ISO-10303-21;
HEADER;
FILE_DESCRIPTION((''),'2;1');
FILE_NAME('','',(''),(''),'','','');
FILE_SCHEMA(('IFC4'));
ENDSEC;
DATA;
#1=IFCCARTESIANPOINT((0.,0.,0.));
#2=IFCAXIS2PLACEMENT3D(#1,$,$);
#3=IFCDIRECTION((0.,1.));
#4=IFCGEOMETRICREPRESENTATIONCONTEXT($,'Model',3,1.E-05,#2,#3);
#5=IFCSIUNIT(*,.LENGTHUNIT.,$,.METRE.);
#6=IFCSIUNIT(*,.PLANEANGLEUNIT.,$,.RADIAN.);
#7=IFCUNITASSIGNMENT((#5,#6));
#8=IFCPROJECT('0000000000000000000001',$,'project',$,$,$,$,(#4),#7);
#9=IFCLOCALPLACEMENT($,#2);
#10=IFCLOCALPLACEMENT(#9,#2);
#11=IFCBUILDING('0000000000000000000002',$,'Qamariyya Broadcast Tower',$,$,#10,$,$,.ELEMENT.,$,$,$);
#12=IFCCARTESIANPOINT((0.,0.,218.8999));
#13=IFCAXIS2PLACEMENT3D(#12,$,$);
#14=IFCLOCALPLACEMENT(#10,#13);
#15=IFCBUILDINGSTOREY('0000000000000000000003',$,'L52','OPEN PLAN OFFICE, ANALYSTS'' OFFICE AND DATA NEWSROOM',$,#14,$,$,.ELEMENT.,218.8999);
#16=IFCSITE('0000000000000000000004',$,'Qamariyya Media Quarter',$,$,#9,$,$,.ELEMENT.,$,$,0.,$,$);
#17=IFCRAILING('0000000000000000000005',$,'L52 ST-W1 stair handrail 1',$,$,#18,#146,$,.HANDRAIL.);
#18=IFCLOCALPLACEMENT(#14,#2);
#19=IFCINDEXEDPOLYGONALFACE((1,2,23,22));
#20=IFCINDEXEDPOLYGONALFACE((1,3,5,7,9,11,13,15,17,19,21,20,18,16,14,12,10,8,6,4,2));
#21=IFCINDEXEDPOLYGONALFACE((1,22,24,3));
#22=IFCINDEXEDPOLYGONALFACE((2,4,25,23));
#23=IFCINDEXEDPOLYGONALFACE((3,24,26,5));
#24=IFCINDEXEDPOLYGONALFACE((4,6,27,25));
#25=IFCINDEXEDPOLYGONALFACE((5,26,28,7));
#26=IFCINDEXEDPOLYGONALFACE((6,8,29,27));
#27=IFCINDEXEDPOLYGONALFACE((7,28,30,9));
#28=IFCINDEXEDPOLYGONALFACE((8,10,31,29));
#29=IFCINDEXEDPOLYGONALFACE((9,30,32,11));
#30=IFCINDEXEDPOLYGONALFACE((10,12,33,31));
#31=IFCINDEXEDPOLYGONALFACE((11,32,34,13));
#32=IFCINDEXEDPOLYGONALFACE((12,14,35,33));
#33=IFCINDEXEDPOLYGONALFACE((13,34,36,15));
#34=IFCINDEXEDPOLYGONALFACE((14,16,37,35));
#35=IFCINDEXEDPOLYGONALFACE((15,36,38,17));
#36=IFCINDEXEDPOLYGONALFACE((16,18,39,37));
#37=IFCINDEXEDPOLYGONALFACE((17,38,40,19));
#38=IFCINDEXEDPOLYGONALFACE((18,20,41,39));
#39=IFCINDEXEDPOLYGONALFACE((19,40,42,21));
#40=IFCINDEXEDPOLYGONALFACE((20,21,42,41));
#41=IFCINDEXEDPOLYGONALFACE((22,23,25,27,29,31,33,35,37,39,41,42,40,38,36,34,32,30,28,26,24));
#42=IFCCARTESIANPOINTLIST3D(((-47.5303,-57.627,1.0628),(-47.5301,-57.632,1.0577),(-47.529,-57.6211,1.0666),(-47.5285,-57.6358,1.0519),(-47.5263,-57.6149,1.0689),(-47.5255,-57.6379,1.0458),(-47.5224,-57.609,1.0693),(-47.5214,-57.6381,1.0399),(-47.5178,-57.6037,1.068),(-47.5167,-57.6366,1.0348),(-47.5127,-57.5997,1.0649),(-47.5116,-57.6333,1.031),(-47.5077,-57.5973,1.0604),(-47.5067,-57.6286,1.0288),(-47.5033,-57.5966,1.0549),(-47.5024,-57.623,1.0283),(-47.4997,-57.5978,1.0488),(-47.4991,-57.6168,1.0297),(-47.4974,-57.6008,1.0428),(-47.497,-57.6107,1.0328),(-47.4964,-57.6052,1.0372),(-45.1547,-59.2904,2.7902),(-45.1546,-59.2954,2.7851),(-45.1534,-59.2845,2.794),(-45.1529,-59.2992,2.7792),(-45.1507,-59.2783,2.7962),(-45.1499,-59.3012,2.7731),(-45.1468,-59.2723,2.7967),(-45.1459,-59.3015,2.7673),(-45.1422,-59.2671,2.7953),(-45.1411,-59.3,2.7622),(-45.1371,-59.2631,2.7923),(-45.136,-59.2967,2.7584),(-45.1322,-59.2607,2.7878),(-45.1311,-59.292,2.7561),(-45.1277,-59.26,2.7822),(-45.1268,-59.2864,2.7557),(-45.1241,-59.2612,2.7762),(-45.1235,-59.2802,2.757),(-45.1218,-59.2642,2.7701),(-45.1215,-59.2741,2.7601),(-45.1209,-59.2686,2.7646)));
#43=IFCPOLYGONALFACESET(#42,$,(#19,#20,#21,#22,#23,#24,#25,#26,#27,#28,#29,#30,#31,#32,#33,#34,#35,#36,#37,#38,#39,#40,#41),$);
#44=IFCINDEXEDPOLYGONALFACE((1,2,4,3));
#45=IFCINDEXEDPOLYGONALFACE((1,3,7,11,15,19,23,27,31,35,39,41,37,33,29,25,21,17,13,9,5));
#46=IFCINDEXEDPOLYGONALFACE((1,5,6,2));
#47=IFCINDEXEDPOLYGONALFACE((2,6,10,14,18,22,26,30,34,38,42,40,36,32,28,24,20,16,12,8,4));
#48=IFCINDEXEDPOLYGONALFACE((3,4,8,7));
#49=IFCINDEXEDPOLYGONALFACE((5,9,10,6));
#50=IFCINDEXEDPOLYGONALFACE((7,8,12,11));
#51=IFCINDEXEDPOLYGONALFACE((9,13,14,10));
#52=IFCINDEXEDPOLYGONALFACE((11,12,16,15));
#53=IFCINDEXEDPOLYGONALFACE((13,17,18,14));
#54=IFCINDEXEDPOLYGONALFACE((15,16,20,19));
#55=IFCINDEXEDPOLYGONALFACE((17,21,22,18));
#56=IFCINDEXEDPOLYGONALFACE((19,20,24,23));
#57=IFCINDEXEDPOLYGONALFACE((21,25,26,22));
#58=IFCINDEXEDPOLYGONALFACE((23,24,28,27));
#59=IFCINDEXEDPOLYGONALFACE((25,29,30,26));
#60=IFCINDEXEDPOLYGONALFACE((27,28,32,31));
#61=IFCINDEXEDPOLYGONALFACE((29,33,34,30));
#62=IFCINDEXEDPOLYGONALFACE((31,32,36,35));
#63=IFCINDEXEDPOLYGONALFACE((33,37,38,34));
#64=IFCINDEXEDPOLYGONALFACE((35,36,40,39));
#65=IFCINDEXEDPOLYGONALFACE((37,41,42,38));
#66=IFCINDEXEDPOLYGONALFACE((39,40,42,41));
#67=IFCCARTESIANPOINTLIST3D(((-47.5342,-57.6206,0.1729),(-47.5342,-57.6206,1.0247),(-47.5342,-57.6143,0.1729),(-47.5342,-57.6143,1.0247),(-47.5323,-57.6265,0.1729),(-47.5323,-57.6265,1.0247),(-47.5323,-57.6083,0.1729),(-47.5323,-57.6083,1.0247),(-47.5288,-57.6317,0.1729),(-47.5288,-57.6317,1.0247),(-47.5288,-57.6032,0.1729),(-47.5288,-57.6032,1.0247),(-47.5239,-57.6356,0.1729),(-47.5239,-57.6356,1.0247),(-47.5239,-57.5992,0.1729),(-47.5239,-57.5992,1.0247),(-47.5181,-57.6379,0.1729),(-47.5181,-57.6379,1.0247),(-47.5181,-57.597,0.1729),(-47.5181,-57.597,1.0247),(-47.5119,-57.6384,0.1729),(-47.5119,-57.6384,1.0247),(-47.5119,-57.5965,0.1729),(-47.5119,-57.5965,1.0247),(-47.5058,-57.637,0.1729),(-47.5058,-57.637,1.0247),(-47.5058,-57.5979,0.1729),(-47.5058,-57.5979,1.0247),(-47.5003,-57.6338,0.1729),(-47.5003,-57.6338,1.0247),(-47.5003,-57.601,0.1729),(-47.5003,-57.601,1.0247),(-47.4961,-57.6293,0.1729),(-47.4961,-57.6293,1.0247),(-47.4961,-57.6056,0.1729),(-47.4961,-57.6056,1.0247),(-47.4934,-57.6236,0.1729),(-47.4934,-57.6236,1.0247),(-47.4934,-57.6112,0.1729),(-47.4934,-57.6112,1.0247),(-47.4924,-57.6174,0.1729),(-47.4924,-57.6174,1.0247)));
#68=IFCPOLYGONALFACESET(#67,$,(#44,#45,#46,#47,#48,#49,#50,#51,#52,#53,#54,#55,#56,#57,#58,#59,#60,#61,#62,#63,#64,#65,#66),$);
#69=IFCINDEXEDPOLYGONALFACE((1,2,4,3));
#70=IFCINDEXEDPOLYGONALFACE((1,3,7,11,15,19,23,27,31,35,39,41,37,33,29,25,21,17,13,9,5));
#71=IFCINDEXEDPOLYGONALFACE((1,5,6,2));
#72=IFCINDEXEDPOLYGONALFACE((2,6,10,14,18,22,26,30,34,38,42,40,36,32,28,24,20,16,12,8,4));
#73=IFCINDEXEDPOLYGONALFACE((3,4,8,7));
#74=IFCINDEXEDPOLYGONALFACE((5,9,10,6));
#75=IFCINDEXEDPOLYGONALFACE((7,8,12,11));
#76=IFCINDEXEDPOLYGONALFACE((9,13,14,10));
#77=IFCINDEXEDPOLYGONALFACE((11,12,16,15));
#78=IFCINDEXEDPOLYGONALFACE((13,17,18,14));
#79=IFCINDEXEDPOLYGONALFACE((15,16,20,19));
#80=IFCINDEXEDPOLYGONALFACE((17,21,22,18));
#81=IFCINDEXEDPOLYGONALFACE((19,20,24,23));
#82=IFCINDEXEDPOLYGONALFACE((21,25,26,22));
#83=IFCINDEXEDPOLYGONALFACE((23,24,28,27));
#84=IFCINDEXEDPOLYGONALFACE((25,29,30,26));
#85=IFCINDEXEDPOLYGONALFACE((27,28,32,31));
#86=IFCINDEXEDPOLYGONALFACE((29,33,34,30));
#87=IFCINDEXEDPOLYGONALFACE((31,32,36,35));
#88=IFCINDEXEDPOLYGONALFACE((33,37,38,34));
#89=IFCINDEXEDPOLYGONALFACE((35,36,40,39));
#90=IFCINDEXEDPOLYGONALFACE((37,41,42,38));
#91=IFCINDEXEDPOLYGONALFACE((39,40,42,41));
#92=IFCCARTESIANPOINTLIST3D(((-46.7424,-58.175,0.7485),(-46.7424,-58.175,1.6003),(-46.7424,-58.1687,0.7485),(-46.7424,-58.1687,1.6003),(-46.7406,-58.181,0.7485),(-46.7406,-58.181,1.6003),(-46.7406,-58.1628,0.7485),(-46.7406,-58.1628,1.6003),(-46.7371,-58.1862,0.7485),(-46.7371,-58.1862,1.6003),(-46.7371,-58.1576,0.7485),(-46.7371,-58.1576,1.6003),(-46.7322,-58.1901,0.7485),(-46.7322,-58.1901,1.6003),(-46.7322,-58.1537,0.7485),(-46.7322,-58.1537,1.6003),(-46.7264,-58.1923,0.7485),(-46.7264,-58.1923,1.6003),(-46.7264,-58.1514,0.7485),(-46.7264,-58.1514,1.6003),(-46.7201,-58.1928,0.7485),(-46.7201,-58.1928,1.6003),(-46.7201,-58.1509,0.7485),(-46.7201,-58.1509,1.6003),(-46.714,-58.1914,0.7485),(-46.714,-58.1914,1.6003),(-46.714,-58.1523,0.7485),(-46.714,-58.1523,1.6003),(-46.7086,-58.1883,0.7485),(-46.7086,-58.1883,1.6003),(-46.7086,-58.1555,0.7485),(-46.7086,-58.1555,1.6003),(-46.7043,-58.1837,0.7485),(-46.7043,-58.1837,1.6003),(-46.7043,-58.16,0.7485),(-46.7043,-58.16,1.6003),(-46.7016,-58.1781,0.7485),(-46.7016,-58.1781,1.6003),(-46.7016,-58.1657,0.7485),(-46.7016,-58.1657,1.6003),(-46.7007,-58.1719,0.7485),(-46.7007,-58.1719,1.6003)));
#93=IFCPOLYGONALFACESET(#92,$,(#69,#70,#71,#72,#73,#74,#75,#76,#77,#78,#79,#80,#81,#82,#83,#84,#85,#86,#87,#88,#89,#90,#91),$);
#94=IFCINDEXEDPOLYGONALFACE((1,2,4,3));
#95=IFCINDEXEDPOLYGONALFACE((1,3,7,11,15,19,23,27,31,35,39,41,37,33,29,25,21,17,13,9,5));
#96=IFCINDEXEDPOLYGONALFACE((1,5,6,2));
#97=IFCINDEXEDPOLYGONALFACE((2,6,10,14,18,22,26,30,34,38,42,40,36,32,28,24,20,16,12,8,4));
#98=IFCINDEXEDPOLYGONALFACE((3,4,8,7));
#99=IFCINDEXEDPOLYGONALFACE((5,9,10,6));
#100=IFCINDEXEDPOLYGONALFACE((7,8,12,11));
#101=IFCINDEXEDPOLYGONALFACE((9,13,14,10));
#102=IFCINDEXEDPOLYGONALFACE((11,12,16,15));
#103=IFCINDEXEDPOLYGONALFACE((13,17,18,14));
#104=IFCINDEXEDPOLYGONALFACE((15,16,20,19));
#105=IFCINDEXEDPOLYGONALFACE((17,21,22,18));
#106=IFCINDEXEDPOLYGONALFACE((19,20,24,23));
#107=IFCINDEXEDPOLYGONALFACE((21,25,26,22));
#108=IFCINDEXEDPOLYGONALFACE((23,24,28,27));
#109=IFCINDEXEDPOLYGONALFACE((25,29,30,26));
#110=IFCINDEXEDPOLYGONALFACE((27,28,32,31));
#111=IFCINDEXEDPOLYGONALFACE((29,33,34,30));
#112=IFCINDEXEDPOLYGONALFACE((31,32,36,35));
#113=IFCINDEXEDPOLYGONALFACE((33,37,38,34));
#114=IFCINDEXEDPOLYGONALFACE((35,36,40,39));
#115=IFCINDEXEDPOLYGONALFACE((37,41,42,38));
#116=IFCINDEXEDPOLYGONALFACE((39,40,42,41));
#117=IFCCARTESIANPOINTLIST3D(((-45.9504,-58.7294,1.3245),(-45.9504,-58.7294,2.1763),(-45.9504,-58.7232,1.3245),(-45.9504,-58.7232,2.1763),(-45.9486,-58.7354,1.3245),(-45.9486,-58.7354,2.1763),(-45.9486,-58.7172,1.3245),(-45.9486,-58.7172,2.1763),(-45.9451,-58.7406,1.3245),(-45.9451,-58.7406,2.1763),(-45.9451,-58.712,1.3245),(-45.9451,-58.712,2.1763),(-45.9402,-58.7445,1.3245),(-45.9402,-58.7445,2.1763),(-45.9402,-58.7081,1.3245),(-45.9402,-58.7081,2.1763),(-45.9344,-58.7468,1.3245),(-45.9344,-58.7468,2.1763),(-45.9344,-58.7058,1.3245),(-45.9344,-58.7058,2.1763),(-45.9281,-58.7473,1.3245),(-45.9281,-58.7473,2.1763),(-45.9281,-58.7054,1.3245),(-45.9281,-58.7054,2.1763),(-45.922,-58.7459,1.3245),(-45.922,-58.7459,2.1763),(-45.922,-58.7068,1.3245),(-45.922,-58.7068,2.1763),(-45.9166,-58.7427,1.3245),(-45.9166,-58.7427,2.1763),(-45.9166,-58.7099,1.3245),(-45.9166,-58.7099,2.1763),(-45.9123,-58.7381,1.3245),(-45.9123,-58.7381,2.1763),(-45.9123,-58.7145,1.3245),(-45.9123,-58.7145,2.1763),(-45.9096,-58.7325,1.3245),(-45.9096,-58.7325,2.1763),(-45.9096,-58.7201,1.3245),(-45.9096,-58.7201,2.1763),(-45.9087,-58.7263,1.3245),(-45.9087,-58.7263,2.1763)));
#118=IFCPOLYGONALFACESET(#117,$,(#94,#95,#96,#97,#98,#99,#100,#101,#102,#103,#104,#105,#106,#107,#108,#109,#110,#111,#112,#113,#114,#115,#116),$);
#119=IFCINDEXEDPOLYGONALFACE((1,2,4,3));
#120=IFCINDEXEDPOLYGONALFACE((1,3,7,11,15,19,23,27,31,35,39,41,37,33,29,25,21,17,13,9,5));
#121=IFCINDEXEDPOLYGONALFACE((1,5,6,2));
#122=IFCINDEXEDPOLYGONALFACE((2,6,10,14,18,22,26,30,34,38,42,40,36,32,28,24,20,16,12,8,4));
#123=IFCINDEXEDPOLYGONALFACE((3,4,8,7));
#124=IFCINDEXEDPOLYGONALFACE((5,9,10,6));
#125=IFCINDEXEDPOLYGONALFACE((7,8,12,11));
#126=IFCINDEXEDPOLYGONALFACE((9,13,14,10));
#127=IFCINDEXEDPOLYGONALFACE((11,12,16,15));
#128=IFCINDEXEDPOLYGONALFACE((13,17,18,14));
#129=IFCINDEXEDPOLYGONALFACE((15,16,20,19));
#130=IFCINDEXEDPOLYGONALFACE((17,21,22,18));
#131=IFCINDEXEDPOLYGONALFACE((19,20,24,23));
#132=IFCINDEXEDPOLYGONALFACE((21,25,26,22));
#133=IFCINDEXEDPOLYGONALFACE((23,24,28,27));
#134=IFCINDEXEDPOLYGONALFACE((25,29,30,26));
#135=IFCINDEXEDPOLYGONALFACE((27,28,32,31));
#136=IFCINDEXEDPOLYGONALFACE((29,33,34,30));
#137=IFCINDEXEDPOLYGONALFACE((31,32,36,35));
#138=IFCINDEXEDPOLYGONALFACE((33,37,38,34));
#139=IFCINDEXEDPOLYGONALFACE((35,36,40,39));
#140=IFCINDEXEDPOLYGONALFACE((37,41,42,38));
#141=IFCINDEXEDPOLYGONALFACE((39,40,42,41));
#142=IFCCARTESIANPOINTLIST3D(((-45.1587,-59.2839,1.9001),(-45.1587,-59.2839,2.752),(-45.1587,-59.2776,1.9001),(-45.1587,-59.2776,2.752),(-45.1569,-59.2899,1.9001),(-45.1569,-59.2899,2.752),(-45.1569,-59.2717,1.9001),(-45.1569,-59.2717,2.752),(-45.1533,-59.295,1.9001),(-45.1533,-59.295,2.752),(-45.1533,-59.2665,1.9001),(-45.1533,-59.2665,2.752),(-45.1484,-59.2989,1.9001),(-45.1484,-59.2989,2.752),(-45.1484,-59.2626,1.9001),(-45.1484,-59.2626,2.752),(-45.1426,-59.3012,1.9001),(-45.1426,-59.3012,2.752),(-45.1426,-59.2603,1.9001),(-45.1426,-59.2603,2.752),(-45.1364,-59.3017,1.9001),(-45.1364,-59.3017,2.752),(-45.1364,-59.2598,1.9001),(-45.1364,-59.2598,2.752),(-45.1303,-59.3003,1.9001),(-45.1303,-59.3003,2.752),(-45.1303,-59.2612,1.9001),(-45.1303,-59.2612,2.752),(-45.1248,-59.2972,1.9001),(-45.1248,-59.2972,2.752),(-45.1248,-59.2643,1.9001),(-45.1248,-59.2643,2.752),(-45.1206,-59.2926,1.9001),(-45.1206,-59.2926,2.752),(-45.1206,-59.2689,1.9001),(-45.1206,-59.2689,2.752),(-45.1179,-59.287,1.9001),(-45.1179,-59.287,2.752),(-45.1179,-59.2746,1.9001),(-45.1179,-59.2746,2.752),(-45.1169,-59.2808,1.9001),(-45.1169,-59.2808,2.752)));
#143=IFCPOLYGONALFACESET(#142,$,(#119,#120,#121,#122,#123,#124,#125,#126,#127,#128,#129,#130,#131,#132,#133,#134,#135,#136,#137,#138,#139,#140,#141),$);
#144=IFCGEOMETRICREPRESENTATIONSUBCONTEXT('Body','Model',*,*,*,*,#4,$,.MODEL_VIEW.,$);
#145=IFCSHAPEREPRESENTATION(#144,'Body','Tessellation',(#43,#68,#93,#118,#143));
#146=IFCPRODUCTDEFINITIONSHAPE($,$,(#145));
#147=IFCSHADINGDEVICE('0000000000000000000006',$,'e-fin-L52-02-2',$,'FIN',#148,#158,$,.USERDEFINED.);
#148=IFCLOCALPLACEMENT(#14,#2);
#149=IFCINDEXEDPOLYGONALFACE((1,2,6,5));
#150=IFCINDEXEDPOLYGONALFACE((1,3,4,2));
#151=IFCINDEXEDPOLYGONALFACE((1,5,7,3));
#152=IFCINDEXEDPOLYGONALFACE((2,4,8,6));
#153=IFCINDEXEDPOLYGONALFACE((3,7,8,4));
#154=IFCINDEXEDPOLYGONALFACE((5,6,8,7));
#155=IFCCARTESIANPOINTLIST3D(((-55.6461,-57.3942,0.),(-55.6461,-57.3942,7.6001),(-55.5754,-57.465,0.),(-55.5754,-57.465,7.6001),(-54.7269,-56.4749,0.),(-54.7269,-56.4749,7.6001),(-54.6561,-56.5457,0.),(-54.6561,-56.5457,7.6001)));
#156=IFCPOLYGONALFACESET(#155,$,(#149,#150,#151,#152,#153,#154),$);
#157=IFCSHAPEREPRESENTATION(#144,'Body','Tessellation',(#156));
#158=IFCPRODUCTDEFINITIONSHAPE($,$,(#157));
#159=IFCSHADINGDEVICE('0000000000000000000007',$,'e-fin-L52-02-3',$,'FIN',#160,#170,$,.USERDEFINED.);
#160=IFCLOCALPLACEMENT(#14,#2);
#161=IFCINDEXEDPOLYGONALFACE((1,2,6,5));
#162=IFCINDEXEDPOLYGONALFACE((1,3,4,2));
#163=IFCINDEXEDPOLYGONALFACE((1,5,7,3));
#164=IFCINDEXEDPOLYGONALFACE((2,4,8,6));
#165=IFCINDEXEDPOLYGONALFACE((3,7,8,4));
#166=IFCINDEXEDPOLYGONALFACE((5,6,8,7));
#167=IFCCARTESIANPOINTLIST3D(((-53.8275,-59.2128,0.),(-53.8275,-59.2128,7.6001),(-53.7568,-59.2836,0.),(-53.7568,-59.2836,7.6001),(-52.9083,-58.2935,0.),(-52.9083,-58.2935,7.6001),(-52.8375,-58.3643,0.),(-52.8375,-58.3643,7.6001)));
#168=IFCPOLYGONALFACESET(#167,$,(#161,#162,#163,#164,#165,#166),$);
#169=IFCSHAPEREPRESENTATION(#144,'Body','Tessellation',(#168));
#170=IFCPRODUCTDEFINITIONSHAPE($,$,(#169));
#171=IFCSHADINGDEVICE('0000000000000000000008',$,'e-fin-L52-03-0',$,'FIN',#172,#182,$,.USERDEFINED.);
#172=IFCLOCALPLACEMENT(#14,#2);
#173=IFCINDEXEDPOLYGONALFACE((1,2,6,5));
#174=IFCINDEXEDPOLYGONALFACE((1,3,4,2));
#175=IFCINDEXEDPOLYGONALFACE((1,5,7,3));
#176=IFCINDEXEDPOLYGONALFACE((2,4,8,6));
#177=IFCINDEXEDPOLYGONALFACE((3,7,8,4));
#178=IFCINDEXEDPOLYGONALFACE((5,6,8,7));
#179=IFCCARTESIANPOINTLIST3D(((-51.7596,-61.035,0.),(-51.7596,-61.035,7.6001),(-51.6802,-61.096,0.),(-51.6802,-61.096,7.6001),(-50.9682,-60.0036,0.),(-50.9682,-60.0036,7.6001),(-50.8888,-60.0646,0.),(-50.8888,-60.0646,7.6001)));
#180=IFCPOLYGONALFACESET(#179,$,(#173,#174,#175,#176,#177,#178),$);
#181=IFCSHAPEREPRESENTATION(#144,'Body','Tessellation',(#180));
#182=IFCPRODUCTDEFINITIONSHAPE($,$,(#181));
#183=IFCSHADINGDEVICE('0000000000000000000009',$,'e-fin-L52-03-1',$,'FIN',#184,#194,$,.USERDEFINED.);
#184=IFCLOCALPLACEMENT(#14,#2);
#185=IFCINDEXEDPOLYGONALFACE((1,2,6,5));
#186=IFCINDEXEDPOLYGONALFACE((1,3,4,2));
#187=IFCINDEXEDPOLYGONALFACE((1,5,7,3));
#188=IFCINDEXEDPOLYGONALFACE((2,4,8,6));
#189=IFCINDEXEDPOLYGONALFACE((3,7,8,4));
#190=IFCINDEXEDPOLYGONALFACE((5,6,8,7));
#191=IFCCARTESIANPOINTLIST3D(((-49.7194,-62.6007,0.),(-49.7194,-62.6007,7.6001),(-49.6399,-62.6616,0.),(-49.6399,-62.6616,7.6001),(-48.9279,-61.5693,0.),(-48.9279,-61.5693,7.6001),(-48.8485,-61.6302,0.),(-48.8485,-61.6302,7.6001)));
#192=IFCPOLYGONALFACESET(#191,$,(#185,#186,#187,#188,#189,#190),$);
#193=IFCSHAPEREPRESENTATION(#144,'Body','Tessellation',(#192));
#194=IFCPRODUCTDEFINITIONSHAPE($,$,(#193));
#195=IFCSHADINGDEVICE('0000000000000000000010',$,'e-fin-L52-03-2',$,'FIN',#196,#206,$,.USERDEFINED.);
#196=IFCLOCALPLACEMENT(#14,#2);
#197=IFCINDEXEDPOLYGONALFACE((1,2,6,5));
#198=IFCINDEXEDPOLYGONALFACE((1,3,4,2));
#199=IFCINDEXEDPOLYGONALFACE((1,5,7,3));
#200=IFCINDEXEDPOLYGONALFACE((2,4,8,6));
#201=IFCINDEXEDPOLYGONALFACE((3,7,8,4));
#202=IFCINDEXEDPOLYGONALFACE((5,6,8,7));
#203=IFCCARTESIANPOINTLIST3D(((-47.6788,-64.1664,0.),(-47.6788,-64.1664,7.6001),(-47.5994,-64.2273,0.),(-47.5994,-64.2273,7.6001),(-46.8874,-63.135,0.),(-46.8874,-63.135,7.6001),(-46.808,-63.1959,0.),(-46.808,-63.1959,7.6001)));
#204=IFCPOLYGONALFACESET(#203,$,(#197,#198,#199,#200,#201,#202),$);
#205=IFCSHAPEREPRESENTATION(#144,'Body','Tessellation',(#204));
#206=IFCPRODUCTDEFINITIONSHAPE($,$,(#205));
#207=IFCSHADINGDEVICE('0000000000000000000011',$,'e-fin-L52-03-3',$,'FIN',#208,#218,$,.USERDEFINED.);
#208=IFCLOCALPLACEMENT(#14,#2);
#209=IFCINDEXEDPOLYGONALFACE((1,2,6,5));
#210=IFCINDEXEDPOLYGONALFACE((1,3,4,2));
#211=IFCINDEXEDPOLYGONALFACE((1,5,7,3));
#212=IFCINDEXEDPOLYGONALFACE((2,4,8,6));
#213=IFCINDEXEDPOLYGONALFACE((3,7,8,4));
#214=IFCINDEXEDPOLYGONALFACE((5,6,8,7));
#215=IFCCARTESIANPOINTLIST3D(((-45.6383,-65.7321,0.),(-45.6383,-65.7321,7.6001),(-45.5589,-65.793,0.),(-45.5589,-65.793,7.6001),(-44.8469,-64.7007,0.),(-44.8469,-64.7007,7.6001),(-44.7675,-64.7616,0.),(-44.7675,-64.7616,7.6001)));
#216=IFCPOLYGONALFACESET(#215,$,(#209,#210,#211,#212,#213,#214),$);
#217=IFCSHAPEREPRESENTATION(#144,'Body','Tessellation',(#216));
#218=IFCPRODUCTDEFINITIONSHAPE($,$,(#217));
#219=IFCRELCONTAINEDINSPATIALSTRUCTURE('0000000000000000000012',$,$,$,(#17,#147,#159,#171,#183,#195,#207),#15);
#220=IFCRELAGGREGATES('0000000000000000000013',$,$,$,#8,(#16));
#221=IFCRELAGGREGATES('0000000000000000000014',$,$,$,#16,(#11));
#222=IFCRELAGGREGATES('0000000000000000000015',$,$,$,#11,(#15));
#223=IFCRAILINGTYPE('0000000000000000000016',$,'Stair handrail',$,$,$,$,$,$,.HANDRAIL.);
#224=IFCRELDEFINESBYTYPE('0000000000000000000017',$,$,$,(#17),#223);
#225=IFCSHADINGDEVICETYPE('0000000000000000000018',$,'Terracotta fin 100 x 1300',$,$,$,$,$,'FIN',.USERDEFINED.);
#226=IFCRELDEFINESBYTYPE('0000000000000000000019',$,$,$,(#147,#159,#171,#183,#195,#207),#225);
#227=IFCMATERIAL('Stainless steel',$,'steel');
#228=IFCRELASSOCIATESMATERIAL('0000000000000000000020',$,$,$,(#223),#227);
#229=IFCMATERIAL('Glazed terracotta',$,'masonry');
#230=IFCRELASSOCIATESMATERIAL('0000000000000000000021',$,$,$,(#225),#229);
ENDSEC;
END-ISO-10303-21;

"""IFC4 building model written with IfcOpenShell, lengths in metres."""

from ifc_helpers import new_model, si_unit, direction, frame, origin, origin_2d, place, context, subcontext, project, spatial, rectangle, circle, extrude, material, material_profile, profile_set, type_object, element, save


model = new_model("IFC4")

# Units and contexts
model_context = context("Model", 3, precision=1e-05, world=origin(), true_north=direction((0.0, 1.0)))
body_context = subcontext(model_context, "Body", "Model", "MODEL_VIEW")
ifc_project = project(units=[si_unit("LENGTHUNIT", "METRE"), si_unit("PLANEANGLEUNIT", "RADIAN")], contexts=[model_context])

# Site, building, storey
site_placement = place(None, origin())
site = spatial("IfcSite", under=ifc_project, at=site_placement, Name="Qamariyya Media Quarter", CompositionType="ELEMENT", RefElevation=0.0)
building_placement = place(site_placement, origin())
building = spatial("IfcBuilding", under=site, at=building_placement, Name="Qamariyya Broadcast Tower", CompositionType="ELEMENT")
storey_placement = place(building_placement, frame((0.0, 0.0, 218.8999)))
storey = spatial("IfcBuildingStorey", under=building, at=storey_placement, Name="L52", Description="OPEN PLAN OFFICE, ANALYSTS' OFFICE AND DATA NEWSROOM", CompositionType="ELEMENT", Elevation=218.8999)

# Railing
ifc_material_1 = material(Name="Stainless steel", Category="steel")
railing_type_1 = type_object("IfcRailingType", Name="Stair handrail", PredefinedType="HANDRAIL", material=ifc_material_1)
railing_1_placement = place(storey_placement, frame((-47.5134, -57.6174, 0.1729)))
element("IfcRailing", 1, at=railing_1_placement, inside=storey, type_object=railing_type_1, Name="L52 ST-W1 stair handrail 1", PredefinedType="HANDRAIL", context=body_context, shape_type="SweptSolid", body=[
    extrude(circle(Radius=0.0239, at=origin_2d()), frame((0.0, 0.0, 0.876), z_axis=(0.70377, -0.492784, 0.511734), x_axis=(0.573575, 0.819153, 0.0)), (0.0, 0.0, 1.0), 3.3755),
    extrude(circle(Radius=0.021, at=origin_2d()), origin(), (0.0, 0.0, 1.0), 0.8518),
    extrude(circle(Radius=0.021, at=origin_2d()), frame((0.7917, -0.5544, 0.5757)), (0.0, 0.0, 1.0), 0.8518),
    extrude(circle(Radius=0.021, at=origin_2d()), frame((1.5837, -1.1089, 1.1516)), (0.0, 0.0, 1.0), 0.8518),
    extrude(circle(Radius=0.021, at=origin_2d()), frame((2.3755, -1.6633, 1.7273)), (0.0, 0.0, 1.0), 0.8518),
])

# Shading devices
ifc_material_2 = material(Name="Glazed terracotta", Category="masonry")
ifc_material_profile_1 = material_profile(ifc_material_2, rectangle(XDim=1.3, YDim=0.1001, at=origin_2d()))
ifc_profile_set_1 = profile_set([ifc_material_profile_1], Name="Glazed terracotta")
shading_device_type_1 = type_object("IfcShadingDeviceType", Name="Terracotta fin 100 x 1300", ElementType="FIN", PredefinedType="USERDEFINED", material=ifc_profile_set_1)
for number, where, z_axis, x_axis, name in (
    (2, (-55.1511, -56.97, 0.0), (0.0, 0.0, 1.0), (-0.707107, -0.707107, 0.0), "e-fin-L52-02-2"),
    (3, (-53.3325, -58.7886, 0.0), (0.0, 0.0, 1.0), (-0.707107, -0.707107, 0.0), "e-fin-L52-02-3"),
    (4, (-51.3242, -60.5498, 0.0), (0.0, 0.0, 1.0), (-0.608761, -0.793353, 0.0), "e-fin-L52-03-0"),
    (5, (-49.2839, -62.1155, 0.0), (0.0, 0.0, 1.0), (-0.608761, -0.793353, 0.0), "e-fin-L52-03-1"),
    (6, (-47.2434, -63.6812, 0.0), (0.0, 0.0, 1.0), (-0.608761, -0.793353, 0.0), "e-fin-L52-03-2"),
    (7, (-45.2029, -65.2468, 0.0), (0.0, 0.0, 1.0), (-0.608761, -0.793353, 0.0), "e-fin-L52-03-3"),
):
    element("IfcShadingDevice", number, at=place(storey_placement, frame(where, z_axis=z_axis, x_axis=x_axis)), inside=storey, type_object=shading_device_type_1, Name=name, ObjectType="FIN", PredefinedType="USERDEFINED", context=body_context, shape_type="SweptSolid", body=[
        extrude(rectangle(XDim=1.3, YDim=0.1001, at=origin_2d()), origin(), (0.0, 0.0, 1.0), 7.6001),
    ])

save(model, "model.ifc")
